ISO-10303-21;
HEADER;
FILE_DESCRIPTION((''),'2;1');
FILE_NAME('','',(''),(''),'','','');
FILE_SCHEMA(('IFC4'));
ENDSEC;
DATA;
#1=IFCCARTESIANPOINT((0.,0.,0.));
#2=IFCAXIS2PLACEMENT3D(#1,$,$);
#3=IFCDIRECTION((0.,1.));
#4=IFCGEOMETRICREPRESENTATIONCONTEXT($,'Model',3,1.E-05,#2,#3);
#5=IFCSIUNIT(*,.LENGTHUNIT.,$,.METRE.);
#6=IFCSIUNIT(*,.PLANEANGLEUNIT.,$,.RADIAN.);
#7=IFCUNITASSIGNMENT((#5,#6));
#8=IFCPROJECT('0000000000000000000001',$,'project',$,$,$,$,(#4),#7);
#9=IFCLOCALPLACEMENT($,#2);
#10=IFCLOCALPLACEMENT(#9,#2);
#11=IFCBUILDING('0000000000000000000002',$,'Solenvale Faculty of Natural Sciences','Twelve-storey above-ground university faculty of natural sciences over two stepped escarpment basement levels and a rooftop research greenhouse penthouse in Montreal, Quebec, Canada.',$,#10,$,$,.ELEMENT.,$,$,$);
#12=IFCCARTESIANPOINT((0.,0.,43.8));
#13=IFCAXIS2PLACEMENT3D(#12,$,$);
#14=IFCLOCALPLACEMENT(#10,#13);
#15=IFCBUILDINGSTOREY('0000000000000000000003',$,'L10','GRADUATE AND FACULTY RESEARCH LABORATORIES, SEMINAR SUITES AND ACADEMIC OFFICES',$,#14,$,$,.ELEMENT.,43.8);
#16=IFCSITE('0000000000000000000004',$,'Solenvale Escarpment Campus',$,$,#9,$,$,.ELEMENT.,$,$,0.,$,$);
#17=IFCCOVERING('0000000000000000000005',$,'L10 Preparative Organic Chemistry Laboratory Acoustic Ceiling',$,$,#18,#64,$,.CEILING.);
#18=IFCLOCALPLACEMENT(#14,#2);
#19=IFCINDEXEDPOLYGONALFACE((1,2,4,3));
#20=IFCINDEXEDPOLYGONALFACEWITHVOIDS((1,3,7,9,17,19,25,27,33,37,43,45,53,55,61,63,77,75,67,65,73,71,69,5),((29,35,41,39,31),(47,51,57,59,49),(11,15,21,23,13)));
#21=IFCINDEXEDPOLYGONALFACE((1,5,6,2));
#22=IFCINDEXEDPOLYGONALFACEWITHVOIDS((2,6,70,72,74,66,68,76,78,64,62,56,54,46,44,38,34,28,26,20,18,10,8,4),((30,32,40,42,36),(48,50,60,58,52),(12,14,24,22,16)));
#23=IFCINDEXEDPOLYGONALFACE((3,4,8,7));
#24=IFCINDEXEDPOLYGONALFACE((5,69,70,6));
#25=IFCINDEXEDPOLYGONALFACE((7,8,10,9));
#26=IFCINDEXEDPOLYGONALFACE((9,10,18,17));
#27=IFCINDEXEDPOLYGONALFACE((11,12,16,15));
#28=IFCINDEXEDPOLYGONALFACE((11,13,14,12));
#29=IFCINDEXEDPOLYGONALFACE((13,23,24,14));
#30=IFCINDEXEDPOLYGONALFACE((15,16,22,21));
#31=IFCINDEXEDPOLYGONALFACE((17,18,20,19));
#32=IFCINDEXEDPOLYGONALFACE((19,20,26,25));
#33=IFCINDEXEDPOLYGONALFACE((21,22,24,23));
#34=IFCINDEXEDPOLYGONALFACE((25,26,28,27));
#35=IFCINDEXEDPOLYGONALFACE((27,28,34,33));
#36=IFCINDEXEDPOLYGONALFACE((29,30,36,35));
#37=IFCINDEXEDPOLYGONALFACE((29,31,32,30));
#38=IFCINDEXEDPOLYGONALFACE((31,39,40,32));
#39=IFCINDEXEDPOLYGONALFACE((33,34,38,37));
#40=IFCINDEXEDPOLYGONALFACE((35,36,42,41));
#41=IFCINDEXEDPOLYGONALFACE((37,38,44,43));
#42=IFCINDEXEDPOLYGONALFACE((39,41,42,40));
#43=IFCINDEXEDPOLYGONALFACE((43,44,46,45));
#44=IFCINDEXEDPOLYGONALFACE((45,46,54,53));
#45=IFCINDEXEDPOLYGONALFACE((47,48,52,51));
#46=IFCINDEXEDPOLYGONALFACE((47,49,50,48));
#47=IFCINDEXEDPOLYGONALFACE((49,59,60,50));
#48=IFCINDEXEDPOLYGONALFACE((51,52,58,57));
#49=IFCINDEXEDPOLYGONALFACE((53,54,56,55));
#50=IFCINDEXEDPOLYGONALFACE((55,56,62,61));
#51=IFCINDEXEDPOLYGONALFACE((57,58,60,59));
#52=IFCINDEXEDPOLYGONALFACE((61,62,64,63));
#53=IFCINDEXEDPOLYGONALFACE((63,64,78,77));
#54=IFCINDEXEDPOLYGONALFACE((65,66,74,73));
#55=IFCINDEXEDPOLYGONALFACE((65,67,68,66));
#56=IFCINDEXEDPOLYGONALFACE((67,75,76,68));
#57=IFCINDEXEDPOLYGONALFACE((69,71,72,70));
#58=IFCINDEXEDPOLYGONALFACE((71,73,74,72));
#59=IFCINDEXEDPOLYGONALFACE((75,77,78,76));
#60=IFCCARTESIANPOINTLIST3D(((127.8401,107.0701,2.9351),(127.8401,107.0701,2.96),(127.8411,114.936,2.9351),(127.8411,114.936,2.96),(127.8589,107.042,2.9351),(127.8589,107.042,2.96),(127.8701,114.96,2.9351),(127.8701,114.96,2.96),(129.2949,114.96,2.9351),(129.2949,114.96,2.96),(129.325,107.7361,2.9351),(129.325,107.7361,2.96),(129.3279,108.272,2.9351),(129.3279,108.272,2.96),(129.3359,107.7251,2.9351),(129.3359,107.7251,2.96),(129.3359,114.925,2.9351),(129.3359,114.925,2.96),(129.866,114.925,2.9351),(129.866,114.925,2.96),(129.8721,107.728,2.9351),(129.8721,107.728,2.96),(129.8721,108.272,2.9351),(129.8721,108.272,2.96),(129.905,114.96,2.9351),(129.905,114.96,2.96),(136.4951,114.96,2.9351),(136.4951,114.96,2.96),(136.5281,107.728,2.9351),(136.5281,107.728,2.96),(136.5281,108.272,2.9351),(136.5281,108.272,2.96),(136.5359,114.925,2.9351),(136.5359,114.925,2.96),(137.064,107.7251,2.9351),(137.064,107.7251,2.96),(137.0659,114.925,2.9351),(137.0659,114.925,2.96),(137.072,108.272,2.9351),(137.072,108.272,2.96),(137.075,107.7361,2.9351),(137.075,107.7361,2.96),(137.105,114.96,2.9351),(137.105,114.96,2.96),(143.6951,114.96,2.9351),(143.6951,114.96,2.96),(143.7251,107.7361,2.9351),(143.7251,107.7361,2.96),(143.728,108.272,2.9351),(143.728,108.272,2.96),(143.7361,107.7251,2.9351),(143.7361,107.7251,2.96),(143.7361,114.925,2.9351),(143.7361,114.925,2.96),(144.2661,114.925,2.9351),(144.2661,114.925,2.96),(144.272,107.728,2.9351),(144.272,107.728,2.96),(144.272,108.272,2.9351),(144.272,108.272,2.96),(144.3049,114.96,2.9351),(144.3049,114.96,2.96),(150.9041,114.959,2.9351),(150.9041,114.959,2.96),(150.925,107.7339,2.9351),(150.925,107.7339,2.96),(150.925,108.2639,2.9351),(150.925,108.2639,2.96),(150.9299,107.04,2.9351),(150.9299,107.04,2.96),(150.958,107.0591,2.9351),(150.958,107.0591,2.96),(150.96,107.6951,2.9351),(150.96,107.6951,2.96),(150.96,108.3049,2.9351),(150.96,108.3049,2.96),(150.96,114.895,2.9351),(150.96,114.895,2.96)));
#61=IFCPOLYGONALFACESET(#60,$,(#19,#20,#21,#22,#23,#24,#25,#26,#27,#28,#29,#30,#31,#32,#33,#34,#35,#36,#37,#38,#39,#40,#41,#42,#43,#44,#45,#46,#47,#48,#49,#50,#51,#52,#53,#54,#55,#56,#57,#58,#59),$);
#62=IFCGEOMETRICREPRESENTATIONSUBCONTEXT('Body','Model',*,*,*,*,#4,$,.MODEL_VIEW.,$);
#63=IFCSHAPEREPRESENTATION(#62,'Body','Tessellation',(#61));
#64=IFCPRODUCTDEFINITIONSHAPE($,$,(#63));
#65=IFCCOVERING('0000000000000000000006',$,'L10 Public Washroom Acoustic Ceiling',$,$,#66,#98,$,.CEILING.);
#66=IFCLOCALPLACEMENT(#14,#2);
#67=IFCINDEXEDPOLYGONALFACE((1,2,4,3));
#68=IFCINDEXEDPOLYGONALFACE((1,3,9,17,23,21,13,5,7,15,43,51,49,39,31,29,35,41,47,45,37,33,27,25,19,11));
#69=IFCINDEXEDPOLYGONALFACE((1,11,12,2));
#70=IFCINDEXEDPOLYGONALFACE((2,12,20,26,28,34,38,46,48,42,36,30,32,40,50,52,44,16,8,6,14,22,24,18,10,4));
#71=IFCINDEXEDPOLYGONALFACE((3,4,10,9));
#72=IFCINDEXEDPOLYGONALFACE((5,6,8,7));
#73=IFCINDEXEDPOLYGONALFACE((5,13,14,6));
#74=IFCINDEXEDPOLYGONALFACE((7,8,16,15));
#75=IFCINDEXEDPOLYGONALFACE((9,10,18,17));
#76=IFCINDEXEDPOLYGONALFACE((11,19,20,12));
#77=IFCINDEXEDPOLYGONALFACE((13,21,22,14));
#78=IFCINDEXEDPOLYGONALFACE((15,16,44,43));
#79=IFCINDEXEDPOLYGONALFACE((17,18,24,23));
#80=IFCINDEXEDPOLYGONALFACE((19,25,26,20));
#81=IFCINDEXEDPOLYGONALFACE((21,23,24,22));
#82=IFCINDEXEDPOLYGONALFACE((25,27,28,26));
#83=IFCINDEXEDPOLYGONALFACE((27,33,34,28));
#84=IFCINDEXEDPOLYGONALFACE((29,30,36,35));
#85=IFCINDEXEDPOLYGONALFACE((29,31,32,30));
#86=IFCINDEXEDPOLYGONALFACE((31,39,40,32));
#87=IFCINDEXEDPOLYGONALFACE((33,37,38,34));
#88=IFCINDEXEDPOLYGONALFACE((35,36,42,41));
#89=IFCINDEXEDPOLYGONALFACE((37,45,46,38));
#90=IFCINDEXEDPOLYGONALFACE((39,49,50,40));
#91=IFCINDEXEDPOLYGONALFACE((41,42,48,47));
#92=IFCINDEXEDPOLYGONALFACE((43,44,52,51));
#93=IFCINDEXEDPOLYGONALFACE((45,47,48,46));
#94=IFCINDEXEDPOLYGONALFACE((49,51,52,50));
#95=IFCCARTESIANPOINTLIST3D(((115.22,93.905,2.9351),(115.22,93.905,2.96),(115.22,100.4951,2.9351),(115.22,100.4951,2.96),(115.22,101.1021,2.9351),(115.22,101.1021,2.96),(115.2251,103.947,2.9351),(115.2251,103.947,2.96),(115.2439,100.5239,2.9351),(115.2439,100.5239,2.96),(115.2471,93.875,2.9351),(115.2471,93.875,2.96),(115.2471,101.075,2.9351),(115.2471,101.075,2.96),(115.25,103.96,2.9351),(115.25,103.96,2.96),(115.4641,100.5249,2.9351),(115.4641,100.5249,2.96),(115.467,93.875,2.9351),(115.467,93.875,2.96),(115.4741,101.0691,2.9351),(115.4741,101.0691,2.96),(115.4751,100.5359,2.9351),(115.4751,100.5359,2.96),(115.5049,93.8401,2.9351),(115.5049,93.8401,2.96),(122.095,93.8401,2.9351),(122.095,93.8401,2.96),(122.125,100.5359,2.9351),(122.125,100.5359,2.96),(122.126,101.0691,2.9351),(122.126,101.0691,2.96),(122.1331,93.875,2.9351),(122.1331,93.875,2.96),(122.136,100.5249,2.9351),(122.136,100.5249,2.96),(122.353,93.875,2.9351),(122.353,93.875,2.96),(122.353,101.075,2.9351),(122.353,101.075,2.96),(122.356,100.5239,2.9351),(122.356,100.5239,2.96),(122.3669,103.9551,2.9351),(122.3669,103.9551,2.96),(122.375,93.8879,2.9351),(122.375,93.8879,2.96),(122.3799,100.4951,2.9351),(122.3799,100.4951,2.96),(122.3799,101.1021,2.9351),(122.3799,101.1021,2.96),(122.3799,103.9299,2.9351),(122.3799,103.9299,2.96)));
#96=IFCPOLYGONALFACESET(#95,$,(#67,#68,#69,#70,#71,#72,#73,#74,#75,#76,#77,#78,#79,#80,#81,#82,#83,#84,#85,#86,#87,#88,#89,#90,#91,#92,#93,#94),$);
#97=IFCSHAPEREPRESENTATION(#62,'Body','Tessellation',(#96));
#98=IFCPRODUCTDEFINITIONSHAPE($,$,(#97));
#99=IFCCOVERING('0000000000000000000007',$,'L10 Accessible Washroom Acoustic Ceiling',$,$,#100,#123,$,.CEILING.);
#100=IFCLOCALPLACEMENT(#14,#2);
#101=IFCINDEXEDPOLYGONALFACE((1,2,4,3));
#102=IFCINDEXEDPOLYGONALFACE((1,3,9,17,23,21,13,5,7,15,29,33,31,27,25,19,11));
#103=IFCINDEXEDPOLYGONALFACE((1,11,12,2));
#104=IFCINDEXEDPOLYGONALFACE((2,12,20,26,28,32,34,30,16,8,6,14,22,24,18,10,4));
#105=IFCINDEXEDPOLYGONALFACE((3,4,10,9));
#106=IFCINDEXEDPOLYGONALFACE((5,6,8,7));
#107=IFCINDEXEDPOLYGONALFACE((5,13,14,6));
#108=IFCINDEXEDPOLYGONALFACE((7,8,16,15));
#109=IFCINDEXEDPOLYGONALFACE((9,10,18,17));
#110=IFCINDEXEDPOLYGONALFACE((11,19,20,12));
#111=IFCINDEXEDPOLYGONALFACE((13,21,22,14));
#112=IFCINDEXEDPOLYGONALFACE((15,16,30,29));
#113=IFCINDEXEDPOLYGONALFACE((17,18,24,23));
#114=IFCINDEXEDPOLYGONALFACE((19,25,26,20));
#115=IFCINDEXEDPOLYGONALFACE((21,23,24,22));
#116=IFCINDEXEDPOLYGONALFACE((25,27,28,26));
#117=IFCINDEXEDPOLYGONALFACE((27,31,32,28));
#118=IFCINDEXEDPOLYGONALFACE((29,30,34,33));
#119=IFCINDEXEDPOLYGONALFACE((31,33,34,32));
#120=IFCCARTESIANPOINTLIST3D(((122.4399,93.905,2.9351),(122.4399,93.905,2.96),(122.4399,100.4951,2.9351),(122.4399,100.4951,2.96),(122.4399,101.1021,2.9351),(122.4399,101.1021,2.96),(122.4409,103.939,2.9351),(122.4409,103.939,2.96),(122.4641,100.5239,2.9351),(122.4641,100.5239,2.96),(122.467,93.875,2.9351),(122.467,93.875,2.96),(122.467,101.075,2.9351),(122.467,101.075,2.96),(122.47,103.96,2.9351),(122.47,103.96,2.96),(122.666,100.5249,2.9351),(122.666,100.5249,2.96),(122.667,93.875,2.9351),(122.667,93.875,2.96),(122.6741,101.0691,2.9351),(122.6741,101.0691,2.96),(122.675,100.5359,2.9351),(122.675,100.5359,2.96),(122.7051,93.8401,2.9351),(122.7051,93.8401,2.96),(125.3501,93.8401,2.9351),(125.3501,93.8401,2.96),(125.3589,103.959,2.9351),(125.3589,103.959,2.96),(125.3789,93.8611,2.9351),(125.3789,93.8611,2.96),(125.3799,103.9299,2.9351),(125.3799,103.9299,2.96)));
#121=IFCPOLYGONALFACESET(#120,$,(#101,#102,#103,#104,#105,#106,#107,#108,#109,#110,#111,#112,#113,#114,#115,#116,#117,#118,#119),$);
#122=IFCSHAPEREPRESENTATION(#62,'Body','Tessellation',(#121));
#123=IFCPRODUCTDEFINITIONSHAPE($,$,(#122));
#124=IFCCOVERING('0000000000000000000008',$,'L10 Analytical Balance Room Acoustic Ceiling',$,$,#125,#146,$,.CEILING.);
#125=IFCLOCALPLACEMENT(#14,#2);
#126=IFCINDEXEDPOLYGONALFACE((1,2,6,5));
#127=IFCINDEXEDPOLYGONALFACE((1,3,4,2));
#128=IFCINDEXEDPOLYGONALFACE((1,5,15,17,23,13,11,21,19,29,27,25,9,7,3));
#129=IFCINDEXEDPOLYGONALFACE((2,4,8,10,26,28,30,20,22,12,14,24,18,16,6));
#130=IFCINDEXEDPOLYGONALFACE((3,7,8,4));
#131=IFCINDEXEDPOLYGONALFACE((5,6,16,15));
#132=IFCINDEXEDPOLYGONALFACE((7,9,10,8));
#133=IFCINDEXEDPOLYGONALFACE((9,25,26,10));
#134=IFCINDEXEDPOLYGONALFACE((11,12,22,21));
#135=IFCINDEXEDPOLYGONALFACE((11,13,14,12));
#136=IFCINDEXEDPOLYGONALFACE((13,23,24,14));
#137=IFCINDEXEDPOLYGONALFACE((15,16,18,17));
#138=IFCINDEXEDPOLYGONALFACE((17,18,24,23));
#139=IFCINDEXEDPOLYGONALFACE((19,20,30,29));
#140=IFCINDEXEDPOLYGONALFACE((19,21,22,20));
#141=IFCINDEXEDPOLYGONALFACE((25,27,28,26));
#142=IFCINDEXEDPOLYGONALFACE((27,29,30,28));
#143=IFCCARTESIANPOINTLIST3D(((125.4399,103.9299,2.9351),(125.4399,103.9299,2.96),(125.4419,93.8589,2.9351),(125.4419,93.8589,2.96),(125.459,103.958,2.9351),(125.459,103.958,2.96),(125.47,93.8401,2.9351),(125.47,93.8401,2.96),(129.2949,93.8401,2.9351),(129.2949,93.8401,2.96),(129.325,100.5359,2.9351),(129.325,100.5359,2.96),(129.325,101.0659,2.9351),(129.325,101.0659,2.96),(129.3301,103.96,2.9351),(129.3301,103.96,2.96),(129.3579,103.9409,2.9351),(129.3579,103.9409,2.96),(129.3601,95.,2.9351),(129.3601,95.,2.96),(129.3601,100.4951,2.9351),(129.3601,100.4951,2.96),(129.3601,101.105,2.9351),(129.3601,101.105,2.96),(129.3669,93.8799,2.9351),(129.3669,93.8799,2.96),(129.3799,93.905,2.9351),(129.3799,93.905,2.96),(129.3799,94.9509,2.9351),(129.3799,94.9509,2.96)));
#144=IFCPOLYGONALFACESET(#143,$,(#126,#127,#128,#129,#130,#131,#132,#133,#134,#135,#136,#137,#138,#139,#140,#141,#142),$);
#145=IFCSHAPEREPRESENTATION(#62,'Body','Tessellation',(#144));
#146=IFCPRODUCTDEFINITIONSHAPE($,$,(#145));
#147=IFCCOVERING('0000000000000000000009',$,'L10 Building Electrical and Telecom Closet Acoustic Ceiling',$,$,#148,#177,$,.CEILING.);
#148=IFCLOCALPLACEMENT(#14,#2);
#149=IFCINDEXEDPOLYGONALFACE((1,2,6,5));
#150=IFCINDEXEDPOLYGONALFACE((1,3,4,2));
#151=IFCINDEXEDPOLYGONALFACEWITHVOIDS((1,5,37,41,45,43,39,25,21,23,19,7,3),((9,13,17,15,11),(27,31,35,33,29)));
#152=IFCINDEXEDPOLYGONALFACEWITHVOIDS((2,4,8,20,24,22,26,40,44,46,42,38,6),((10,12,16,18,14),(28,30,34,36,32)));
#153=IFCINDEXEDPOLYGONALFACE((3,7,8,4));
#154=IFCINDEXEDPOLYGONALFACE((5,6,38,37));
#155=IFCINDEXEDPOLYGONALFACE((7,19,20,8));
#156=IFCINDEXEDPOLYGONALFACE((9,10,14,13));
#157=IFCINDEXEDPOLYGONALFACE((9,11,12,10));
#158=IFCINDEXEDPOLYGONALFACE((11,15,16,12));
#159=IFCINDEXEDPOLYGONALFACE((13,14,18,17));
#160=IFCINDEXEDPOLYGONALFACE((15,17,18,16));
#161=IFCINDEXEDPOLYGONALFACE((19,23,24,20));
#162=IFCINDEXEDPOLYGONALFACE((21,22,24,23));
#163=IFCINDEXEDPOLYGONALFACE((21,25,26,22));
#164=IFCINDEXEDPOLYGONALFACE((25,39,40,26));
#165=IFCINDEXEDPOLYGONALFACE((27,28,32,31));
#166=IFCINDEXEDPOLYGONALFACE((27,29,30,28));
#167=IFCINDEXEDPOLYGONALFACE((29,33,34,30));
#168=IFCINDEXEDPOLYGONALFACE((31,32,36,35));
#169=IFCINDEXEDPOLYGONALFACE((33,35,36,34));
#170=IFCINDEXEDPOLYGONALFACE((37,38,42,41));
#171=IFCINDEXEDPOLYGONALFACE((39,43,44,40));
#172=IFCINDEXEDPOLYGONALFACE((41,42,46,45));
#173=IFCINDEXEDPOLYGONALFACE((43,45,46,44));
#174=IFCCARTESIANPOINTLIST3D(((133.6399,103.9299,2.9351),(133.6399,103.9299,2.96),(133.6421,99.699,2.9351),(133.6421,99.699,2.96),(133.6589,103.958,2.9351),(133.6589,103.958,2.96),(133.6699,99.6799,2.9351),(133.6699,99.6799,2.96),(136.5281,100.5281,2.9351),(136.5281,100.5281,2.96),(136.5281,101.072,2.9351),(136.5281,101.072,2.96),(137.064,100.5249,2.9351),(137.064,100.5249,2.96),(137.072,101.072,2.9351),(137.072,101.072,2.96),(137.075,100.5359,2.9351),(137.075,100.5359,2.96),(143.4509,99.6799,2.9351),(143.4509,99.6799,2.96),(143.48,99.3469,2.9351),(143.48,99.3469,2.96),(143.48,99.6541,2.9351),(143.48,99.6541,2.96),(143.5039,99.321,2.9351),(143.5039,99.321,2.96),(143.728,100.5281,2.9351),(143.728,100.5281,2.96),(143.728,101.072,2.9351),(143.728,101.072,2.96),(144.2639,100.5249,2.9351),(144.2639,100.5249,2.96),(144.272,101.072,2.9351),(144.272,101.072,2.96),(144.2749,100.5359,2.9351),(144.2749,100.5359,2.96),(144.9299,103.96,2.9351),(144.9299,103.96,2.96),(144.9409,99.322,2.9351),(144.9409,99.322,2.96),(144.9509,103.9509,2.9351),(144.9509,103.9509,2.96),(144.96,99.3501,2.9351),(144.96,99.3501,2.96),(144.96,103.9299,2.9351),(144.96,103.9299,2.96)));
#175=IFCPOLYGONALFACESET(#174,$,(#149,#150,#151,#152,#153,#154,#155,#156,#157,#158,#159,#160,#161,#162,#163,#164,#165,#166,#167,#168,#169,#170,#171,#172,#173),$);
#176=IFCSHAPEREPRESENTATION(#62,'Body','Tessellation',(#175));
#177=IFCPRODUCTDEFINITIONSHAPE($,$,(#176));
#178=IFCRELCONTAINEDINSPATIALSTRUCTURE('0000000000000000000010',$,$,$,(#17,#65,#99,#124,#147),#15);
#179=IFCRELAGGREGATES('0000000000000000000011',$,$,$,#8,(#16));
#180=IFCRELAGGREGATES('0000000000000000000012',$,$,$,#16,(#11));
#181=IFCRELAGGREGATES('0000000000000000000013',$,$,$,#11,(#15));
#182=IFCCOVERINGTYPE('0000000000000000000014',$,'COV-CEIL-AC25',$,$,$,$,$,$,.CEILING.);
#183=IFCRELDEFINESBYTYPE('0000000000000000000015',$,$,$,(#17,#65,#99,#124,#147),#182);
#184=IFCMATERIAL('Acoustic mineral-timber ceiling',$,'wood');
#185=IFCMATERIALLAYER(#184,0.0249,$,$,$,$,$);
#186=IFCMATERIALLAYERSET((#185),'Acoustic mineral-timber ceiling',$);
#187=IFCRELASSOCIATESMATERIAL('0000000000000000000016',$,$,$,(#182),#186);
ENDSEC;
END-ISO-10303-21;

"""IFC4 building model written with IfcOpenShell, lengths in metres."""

from ifc_helpers import new_model, si_unit, direction, frame, origin, place, context, subcontext, project, spatial, polyline, outline, extrude, material, layer, layer_set, type_object, element, save


model = new_model("IFC4")

# Units and contexts
model_context = context("Model", 3, precision=1e-05, world=origin(), true_north=direction((0.0, 1.0)))
body_context = subcontext(model_context, "Body", "Model", "MODEL_VIEW")
ifc_project = project(units=[si_unit("LENGTHUNIT", "METRE"), si_unit("PLANEANGLEUNIT", "RADIAN")], contexts=[model_context])

# Site, building, storey
site_placement = place(None, origin())
site = spatial("IfcSite", under=ifc_project, at=site_placement, Name="Solenvale Escarpment Campus", CompositionType="ELEMENT", RefElevation=0.0)
building_placement = place(site_placement, origin())
building = spatial("IfcBuilding", under=site, at=building_placement, Name="Solenvale Faculty of Natural Sciences", Description="Twelve-storey above-ground university faculty of natural sciences over two stepped escarpment basement levels and a rooftop research greenhouse penthouse in Montreal, Quebec, Canada.", CompositionType="ELEMENT")
storey_placement = place(building_placement, frame((0.0, 0.0, 43.8)))
storey = spatial("IfcBuildingStorey", under=building, at=storey_placement, Name="L10", Description="GRADUATE AND FACULTY RESEARCH LABORATORIES, SEMINAR SUITES AND ACADEMIC OFFICES", CompositionType="ELEMENT", Elevation=43.8)

# Coverings
ifc_material_1 = material(Name="Acoustic mineral-timber ceiling", Category="wood")
ifc_layer_1 = layer(ifc_material_1, 0.0249)
ifc_layer_set_1 = layer_set([ifc_layer_1], Name="Acoustic mineral-timber ceiling")
covering_type_1 = type_object("IfcCoveringType", Name="COV-CEIL-AC25", PredefinedType="CEILING", material=ifc_layer_set_1)
covering_1_placement = place(storey_placement, frame((0.0, 0.0, 2.9351)))
element("IfcCovering", 1, at=covering_1_placement, inside=storey, type_object=covering_type_1, Name="L10 Preparative Organic Chemistry Laboratory Acoustic Ceiling", PredefinedType="CEILING", context=body_context, shape_type="SweptSolid", body=[
    extrude(outline(polyline([(129.2949, 114.96), (129.3359, 114.925), (129.866, 114.925), (129.905, 114.96), (136.4951, 114.96), (136.5359, 114.925), (137.0659, 114.925), (137.105, 114.96), (143.6951, 114.96), (143.7361, 114.925), (144.2661, 114.925), (144.3049, 114.96), (150.9041, 114.959), (150.96, 114.895), (150.96, 108.3049), (150.925, 108.2639), (150.925, 107.7339), (150.96, 107.6951), (150.958, 107.0591), (150.9299, 107.04), (127.8589, 107.042), (127.8401, 107.0701), (127.8411, 114.936), (127.8701, 114.96), (129.2949, 114.96)]), holes=[polyline([(143.7251, 107.7361), (143.7361, 107.7251), (144.272, 107.728), (144.272, 108.272), (143.728, 108.272), (143.7251, 107.7361)]), polyline([(137.064, 107.7251), (137.075, 107.7361), (137.072, 108.272), (136.5281, 108.272), (136.5281, 107.728), (137.064, 107.7251)]), polyline([(129.325, 107.7361), (129.3359, 107.7251), (129.8721, 107.728), (129.8721, 108.272), (129.3279, 108.272), (129.325, 107.7361)])]), origin(), (0.0, 0.0, 1.0), 0.0249),
])
covering_2_placement = place(storey_placement, frame((0.0, 0.0, 2.9351)))
element("IfcCovering", 2, at=covering_2_placement, inside=storey, type_object=covering_type_1, Name="L10 Public Washroom Acoustic Ceiling", PredefinedType="CEILING", context=body_context, shape_type="SweptSolid", body=[
    extrude(outline(polyline([(115.5049, 93.8401), (115.467, 93.875), (115.2471, 93.875), (115.22, 93.905), (115.22, 100.4951), (115.2439, 100.5239), (115.4641, 100.5249), (115.4751, 100.5359), (115.4741, 101.0691), (115.2471, 101.075), (115.22, 101.1021), (115.2251, 103.947), (115.25, 103.96), (122.3669, 103.9551), (122.3799, 103.9299), (122.3799, 101.1021), (122.353, 101.075), (122.126, 101.0691), (122.125, 100.5359), (122.136, 100.5249), (122.356, 100.5239), (122.3799, 100.4951), (122.375, 93.8879), (122.353, 93.875), (122.1331, 93.875), (122.095, 93.8401), (115.5049, 93.8401)])), origin(), (0.0, 0.0, 1.0), 0.0249),
])
covering_3_placement = place(storey_placement, frame((0.0, 0.0, 2.9351)))
element("IfcCovering", 3, at=covering_3_placement, inside=storey, type_object=covering_type_1, Name="L10 Accessible Washroom Acoustic Ceiling", PredefinedType="CEILING", context=body_context, shape_type="SweptSolid", body=[
    extrude(outline(polyline([(122.7051, 93.8401), (122.667, 93.875), (122.467, 93.875), (122.4399, 93.905), (122.4399, 100.4951), (122.4641, 100.5239), (122.666, 100.5249), (122.675, 100.5359), (122.6741, 101.0691), (122.467, 101.075), (122.4399, 101.1021), (122.4409, 103.939), (122.47, 103.96), (125.3589, 103.959), (125.3799, 103.9299), (125.3789, 93.8611), (125.3501, 93.8401), (122.7051, 93.8401)])), origin(), (0.0, 0.0, 1.0), 0.0249),
])
covering_4_placement = place(storey_placement, frame((0.0, 0.0, 2.9351)))
element("IfcCovering", 4, at=covering_4_placement, inside=storey, type_object=covering_type_1, Name="L10 Analytical Balance Room Acoustic Ceiling", PredefinedType="CEILING", context=body_context, shape_type="SweptSolid", body=[
    extrude(outline(polyline([(129.3669, 93.8799), (129.2949, 93.8401), (125.47, 93.8401), (125.4419, 93.8589), (125.4399, 103.9299), (125.459, 103.958), (129.3301, 103.96), (129.3579, 103.9409), (129.3601, 101.105), (129.325, 101.0659), (129.325, 100.5359), (129.3601, 100.4951), (129.3601, 95.0), (129.3799, 94.9509), (129.3799, 93.905), (129.3669, 93.8799)])), origin(), (0.0, 0.0, 1.0), 0.0249),
])
covering_5_placement = place(storey_placement, frame((0.0, 0.0, 2.9351)))
element("IfcCovering", 5, at=covering_5_placement, inside=storey, type_object=covering_type_1, Name="L10 Building Electrical and Telecom Closet Acoustic Ceiling", PredefinedType="CEILING", context=body_context, shape_type="SweptSolid", body=[
    extrude(outline(polyline([(144.9299, 103.96), (144.9509, 103.9509), (144.96, 103.9299), (144.96, 99.3501), (144.9409, 99.322), (143.5039, 99.321), (143.48, 99.3469), (143.48, 99.6541), (143.4509, 99.6799), (133.6699, 99.6799), (133.6421, 99.699), (133.6399, 103.9299), (133.6589, 103.958), (144.9299, 103.96)]), holes=[polyline([(144.2639, 100.5249), (144.2749, 100.5359), (144.272, 101.072), (143.728, 101.072), (143.728, 100.5281), (144.2639, 100.5249)]), polyline([(137.064, 100.5249), (137.075, 100.5359), (137.072, 101.072), (136.5281, 101.072), (136.5281, 100.5281), (137.064, 100.5249)])]), origin(), (0.0, 0.0, 1.0), 0.0249),
])

save(model, "model.ifc")
